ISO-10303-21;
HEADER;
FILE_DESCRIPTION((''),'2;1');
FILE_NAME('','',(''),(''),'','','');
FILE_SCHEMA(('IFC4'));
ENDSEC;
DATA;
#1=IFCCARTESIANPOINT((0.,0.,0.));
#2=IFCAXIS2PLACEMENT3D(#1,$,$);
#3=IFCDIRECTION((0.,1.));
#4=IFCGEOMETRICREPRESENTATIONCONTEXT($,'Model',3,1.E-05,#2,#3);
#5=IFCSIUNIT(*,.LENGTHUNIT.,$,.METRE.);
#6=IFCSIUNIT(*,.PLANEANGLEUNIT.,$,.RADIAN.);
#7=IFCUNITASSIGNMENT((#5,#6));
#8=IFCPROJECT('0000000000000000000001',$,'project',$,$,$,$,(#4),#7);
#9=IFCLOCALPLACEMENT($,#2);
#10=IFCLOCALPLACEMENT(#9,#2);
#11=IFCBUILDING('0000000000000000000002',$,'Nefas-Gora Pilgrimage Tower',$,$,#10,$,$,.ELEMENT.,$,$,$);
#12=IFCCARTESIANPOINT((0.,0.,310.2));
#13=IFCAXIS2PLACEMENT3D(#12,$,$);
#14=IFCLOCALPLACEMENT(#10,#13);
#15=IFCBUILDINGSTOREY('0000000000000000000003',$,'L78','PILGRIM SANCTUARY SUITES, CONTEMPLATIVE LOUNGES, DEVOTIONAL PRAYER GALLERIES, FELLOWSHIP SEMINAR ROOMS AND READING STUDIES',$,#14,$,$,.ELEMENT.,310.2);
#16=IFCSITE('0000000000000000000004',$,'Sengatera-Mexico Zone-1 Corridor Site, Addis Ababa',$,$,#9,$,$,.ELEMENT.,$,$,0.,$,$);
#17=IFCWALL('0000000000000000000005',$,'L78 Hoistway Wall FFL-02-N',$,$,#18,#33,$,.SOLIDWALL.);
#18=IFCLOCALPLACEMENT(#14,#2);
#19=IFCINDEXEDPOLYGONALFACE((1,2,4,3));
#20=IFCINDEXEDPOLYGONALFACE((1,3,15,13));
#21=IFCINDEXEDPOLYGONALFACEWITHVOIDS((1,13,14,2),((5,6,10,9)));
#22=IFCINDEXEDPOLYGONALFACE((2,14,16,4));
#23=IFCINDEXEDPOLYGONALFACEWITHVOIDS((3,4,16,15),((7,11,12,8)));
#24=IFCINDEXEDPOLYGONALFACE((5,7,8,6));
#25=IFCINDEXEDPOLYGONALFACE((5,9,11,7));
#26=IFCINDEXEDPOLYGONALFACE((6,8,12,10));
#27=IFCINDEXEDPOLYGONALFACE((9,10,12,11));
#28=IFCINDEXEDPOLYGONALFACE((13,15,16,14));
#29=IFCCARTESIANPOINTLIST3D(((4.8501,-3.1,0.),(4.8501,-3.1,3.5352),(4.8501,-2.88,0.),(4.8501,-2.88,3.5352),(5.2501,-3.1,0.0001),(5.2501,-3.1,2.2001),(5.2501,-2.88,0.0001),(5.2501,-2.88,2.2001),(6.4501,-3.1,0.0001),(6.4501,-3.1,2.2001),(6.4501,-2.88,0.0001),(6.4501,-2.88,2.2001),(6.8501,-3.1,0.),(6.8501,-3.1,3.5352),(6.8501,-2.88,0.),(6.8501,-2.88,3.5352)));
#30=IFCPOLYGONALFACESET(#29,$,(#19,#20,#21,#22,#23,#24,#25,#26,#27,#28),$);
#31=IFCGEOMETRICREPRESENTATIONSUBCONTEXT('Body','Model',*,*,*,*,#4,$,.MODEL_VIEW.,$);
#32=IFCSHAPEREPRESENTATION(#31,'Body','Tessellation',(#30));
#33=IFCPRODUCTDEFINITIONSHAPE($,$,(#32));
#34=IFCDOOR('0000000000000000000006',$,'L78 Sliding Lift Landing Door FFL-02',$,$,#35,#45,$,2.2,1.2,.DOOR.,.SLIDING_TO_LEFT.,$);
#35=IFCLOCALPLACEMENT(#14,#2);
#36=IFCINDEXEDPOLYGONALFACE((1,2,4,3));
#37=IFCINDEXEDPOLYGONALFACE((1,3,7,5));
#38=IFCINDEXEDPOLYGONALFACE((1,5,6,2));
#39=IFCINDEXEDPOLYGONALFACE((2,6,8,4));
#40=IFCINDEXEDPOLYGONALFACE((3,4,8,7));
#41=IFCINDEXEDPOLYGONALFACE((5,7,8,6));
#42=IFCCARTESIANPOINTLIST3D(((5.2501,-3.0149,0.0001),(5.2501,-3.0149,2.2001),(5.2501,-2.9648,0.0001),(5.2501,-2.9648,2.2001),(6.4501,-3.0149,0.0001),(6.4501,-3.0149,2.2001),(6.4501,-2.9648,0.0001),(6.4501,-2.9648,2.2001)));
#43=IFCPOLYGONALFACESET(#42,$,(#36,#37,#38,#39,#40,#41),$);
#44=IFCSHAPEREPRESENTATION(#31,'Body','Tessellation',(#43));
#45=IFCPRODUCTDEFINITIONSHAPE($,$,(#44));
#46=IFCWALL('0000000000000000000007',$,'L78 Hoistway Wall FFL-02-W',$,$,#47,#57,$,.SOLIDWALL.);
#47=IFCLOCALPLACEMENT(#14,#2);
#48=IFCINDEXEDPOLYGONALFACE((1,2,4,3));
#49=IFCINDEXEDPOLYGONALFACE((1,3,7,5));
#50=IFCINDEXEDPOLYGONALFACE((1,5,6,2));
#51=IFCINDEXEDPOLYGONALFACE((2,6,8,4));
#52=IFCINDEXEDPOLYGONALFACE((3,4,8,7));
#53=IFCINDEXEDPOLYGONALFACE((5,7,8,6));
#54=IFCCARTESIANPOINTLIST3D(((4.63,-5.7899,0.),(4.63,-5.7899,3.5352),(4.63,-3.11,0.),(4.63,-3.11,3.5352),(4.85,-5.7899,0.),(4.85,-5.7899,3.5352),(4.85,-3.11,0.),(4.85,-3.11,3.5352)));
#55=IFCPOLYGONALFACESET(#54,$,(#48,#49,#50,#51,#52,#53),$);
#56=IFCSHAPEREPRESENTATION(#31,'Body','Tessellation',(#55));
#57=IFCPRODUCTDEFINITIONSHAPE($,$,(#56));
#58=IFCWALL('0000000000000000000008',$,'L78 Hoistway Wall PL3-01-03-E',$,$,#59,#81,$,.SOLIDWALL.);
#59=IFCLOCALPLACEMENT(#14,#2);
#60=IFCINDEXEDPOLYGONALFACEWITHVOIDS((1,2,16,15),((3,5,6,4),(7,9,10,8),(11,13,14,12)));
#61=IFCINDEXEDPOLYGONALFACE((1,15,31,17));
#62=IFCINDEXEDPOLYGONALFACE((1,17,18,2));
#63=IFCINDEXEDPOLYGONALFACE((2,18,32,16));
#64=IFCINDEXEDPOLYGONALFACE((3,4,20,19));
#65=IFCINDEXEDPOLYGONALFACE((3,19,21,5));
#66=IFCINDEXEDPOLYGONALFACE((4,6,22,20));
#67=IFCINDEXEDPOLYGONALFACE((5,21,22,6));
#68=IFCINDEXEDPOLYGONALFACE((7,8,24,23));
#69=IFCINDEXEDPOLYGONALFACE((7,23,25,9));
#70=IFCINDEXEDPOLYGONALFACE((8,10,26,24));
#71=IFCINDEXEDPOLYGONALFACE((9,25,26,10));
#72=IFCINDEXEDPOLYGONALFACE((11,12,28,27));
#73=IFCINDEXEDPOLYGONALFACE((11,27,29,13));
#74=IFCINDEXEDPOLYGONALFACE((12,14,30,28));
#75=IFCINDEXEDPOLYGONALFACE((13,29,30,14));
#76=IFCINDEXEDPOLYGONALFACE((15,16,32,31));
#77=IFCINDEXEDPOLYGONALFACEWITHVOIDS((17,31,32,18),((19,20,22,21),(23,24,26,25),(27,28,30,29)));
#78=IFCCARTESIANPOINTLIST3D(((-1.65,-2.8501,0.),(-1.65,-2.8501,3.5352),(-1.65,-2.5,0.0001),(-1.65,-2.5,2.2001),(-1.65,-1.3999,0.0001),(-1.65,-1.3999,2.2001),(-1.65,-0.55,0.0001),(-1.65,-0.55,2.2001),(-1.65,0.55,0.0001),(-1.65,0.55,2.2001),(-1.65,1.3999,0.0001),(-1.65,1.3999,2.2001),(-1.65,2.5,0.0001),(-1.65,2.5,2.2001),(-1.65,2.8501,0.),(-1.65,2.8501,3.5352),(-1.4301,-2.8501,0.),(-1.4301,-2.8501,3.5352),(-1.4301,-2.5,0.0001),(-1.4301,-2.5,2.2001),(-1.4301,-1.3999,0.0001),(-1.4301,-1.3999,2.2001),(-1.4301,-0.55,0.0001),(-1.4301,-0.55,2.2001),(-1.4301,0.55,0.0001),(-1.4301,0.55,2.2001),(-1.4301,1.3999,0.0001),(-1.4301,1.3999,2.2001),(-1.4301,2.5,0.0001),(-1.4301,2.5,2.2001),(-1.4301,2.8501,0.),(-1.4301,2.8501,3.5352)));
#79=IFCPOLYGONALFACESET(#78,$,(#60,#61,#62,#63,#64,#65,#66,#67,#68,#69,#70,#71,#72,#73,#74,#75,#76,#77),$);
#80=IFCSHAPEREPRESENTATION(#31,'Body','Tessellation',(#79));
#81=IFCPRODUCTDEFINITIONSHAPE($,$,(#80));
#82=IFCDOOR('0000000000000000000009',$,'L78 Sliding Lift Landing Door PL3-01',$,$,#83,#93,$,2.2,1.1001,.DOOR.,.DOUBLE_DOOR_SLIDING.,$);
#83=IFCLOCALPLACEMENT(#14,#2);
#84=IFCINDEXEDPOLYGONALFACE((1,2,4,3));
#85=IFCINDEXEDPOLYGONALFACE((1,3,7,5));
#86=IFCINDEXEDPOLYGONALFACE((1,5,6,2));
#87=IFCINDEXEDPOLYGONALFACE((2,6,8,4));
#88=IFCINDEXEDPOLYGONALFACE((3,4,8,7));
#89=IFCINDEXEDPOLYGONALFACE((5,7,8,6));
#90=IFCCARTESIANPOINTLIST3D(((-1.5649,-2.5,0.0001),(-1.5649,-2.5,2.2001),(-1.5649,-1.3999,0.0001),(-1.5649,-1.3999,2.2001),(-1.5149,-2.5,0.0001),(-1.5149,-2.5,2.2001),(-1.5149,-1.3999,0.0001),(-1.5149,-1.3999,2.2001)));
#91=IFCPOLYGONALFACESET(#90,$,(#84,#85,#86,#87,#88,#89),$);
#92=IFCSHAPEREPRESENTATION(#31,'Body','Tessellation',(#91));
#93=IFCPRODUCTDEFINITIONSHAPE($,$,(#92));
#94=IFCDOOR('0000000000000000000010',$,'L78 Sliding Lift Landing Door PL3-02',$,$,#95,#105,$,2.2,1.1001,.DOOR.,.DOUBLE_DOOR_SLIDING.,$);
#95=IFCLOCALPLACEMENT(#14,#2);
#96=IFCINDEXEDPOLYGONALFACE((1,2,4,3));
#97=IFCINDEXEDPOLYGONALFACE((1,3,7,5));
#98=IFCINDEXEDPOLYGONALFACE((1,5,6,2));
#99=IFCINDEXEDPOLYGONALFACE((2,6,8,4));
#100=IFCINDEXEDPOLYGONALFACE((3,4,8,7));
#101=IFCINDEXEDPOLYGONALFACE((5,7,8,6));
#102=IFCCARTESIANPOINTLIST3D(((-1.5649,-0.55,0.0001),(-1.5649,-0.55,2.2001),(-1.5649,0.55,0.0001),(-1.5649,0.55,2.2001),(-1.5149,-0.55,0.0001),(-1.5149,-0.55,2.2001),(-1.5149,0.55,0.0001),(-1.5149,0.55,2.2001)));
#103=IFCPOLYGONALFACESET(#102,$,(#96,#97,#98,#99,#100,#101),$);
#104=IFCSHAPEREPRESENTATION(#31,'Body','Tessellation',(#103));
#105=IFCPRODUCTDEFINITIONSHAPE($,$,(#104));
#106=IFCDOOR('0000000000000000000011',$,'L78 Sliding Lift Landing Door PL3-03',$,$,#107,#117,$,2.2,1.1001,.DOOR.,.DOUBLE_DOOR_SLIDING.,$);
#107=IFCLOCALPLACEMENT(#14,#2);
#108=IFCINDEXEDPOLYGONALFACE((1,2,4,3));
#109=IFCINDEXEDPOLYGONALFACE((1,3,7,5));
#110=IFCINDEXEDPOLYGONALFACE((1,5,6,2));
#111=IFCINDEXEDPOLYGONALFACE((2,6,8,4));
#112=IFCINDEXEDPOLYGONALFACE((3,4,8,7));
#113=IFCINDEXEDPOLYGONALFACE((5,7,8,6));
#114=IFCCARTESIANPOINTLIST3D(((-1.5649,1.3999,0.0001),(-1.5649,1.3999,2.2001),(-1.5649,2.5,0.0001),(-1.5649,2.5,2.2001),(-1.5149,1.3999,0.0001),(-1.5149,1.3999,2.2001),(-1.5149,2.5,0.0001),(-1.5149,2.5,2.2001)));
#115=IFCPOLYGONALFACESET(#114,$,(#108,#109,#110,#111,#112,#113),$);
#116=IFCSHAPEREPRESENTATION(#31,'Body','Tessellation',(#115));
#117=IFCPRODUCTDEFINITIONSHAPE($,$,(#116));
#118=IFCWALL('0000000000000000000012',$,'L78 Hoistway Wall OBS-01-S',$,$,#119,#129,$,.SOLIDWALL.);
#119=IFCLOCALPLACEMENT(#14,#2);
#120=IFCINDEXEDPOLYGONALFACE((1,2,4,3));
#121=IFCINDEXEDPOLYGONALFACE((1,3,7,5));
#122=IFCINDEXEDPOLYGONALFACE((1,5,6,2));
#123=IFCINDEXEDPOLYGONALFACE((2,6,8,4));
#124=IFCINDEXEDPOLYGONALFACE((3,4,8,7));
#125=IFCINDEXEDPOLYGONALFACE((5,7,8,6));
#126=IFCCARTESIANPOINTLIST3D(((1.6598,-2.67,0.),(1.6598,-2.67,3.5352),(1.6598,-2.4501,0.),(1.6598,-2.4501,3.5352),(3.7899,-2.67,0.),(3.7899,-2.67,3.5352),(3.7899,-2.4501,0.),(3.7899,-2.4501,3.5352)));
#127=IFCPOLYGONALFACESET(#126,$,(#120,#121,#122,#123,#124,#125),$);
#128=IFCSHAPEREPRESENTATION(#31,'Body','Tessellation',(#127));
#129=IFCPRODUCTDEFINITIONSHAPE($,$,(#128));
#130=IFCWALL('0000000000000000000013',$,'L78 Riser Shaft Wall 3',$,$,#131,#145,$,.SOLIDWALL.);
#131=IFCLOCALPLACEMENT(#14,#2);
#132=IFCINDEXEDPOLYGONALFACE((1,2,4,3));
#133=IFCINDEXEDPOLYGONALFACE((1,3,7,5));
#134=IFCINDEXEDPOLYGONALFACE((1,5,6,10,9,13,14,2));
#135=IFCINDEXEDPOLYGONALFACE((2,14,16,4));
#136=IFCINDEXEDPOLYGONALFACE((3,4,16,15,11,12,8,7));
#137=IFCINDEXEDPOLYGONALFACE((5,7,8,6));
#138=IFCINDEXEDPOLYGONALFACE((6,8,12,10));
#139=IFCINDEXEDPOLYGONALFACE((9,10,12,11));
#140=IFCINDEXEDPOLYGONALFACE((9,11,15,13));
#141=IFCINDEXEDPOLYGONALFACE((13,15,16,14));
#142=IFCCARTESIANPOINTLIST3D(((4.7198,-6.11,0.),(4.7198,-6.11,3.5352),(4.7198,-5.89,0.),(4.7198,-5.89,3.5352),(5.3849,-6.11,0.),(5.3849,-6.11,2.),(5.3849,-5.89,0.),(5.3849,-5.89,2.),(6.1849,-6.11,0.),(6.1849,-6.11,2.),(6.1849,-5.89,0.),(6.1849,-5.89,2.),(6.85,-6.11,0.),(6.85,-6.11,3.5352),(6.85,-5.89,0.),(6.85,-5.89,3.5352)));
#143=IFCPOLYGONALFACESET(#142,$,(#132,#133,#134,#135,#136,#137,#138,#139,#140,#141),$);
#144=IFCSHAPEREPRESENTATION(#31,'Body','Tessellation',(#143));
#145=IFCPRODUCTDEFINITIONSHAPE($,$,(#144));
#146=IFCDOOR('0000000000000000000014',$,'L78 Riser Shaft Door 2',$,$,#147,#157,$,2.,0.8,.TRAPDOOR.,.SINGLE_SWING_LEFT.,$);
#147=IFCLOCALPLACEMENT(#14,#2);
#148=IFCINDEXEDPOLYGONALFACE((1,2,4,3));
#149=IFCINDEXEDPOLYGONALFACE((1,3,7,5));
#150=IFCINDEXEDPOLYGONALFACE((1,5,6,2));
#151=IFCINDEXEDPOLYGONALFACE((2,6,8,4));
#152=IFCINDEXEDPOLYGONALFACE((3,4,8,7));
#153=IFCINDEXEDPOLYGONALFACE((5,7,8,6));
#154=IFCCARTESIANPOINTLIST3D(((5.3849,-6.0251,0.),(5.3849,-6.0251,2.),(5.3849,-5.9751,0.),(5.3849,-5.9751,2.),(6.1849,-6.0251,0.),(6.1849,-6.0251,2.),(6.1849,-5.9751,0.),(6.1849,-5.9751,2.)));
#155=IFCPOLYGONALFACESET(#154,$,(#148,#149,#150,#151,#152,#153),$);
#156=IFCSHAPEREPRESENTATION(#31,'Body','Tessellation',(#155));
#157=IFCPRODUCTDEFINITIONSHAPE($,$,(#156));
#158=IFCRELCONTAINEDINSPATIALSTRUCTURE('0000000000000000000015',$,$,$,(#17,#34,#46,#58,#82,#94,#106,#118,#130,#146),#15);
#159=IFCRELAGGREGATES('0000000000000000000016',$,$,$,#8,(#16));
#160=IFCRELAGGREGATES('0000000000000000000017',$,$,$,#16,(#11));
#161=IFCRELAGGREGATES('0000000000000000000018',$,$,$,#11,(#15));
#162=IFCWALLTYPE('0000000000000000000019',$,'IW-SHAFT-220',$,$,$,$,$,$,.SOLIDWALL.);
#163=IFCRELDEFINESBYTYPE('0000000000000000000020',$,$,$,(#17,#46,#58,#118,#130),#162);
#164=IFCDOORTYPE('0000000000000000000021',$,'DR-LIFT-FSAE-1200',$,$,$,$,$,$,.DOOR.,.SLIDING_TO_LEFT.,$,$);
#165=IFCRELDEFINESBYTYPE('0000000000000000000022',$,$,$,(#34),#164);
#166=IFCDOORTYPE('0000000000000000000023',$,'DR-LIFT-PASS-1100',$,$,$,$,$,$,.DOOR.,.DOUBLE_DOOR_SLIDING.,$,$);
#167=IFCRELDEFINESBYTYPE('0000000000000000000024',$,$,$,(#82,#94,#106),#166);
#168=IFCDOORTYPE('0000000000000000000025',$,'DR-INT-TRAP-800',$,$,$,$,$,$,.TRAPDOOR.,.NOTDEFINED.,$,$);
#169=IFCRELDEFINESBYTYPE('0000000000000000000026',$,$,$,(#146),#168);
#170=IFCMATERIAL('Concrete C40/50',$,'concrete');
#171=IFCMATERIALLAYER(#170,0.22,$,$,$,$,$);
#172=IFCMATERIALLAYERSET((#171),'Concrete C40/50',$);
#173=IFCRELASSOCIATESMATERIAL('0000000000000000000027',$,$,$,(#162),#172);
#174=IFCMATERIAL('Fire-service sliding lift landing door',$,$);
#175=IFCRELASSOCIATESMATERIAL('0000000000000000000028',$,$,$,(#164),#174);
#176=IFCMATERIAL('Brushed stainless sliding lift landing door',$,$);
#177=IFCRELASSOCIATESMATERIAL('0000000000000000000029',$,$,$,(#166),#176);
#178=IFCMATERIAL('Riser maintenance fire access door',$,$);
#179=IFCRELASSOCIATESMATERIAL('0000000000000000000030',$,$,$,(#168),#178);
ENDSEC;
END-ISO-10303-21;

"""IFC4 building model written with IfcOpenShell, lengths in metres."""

from ifc_helpers import new_model, si_unit, direction, frame, frame_2d, origin, place, context, subcontext, project, spatial, rectangle, extrude, source, transform, mapped, material, layer, layer_set, type_object, element, fill, save


model = new_model("IFC4")

# Units and contexts
model_context = context("Model", 3, precision=1e-05, world=origin(), true_north=direction((0.0, 1.0)))
body_context = subcontext(model_context, "Body", "Model", "MODEL_VIEW")
ifc_project = project(units=[si_unit("LENGTHUNIT", "METRE"), si_unit("PLANEANGLEUNIT", "RADIAN")], contexts=[model_context])

# Site, building, storey
site_placement = place(None, origin())
site = spatial("IfcSite", under=ifc_project, at=site_placement, Name="Sengatera-Mexico Zone-1 Corridor Site, Addis Ababa", CompositionType="ELEMENT", RefElevation=0.0)
building_placement = place(site_placement, origin())
building = spatial("IfcBuilding", under=site, at=building_placement, Name="Nefas-Gora Pilgrimage Tower", CompositionType="ELEMENT")
storey_placement = place(building_placement, frame((0.0, 0.0, 310.2)))
storey = spatial("IfcBuildingStorey", under=building, at=storey_placement, Name="L78", Description="PILGRIM SANCTUARY SUITES, CONTEMPLATIVE LOUNGES, DEVOTIONAL PRAYER GALLERIES, FELLOWSHIP SEMINAR ROOMS AND READING STUDIES", CompositionType="ELEMENT", Elevation=310.2)

# Shared definitions
ifc_material_1 = material(Name="Concrete C40/50", Category="concrete")

# Wall, opening, door
ifc_layer_1 = layer(ifc_material_1, 0.22)
ifc_layer_set_1 = layer_set([ifc_layer_1], Name="Concrete C40/50")
wall_type_1 = type_object("IfcWallType", Name="IW-SHAFT-220", PredefinedType="SOLIDWALL", material=ifc_layer_set_1)
shared_shape_1 = source(origin(), body_context, "Body", "SweptSolid", [
    extrude(rectangle(XDim=2.0, YDim=0.22, at=frame_2d((1.0, 0.0))), origin(), (0.0, 0.0, 1.0), 3.5352),
])
wall_1_placement = place(storey_placement, frame((6.8501, -2.99, 0.0), z_axis=(0.0, 0.0, 1.0), x_axis=(-1.0, 0.0, 0.0)))
wall_1 = element("IfcWall", 1, at=wall_1_placement, inside=storey, type_object=wall_type_1, Name="L78 Hoistway Wall FFL-02-N", PredefinedType="SOLIDWALL", context=body_context, shape_type="MappedRepresentation", body=[
    mapped(shared_shape_1, transform((0.0, 0.0, 0.0), x_axis=(1.0, 0.0, 0.0), y_axis=(0.0, 1.0, 0.0), z_axis=(0.0, 0.0, 1.0), scale=1.0)),
])
opening_1_placement = place(wall_1_placement, frame((0.3999, 0.0, 0.0)))
opening_1 = element("IfcOpeningElement", 2, at=opening_1_placement, cuts=wall_1, PredefinedType="OPENING", context=body_context, shape_type="SweptSolid", body=[
    extrude(rectangle(XDim=1.2, YDim=2.2, at=frame_2d((0.6001, 1.1001))), frame((0.0, 0.1199, 0.0), z_axis=(0.0, -1.0, 0.0), x_axis=(1.0, 0.0, 0.0)), (0.0, 0.0, 1.0), 0.24),
])
ifc_material_2 = material(Name="Fire-service sliding lift landing door")
door_type_1 = type_object("IfcDoorType", Name="DR-LIFT-FSAE-1200", OperationType="SLIDING_TO_LEFT", PredefinedType="DOOR", material=ifc_material_2)
shared_shape_2 = source(origin(), body_context, "Body", "SweptSolid", [
    extrude(rectangle(XDim=1.2, YDim=2.2, at=frame_2d((0.6001, 1.1001))), frame((0.0, 0.0249, 0.0), z_axis=(0.0, -1.0, 0.0), x_axis=(1.0, 0.0, 0.0)), (0.0, 0.0, 1.0), 0.05),
])
door_1_placement = place(opening_1_placement, origin())
door_1 = element("IfcDoor", 3, at=door_1_placement, inside=storey, type_object=door_type_1, Name="L78 Sliding Lift Landing Door FFL-02", OperationType="SLIDING_TO_LEFT", OverallHeight=2.2, OverallWidth=1.2, PredefinedType="DOOR", context=body_context, shape_type="MappedRepresentation", body=[
    mapped(shared_shape_2, transform((0.0, 0.0, 0.0), x_axis=(1.0, 0.0, 0.0), y_axis=(0.0, 1.0, 0.0), z_axis=(0.0, 0.0, 1.0), scale=1.0)),
])
fill(opening_1, door_1)

# Wall
shared_shape_3 = source(origin(), body_context, "Body", "SweptSolid", [
    extrude(rectangle(XDim=2.6799, YDim=0.22, at=frame_2d((1.3398, 0.0))), origin(), (0.0, 0.0, 1.0), 3.5352),
])
wall_2_placement = place(storey_placement, frame((4.74, -3.1101, 0.0), z_axis=(0.0, 0.0, 1.0), x_axis=(0.0, -1.0, 0.0)))
element("IfcWall", 4, at=wall_2_placement, inside=storey, type_object=wall_type_1, Name="L78 Hoistway Wall FFL-02-W", PredefinedType="SOLIDWALL", context=body_context, shape_type="MappedRepresentation", body=[
    mapped(shared_shape_3, transform((0.0, 0.0, 0.0), x_axis=(1.0, 0.0, 0.0), y_axis=(0.0, 1.0, 0.0), z_axis=(0.0, 0.0, 1.0), scale=1.0)),
])

# Wall, openings, doors
shared_shape_4 = source(origin(), body_context, "Body", "SweptSolid", [
    extrude(rectangle(XDim=5.7002, YDim=0.22, at=frame_2d((2.8501, 0.0))), origin(), (0.0, 0.0, 1.0), 3.5352),
])
wall_3_placement = place(storey_placement, frame((-1.54, -2.8501, 0.0), z_axis=(0.0, 0.0, 1.0), x_axis=(0.0, 1.0, 0.0)))
wall_3 = element("IfcWall", 5, at=wall_3_placement, inside=storey, type_object=wall_type_1, Name="L78 Hoistway Wall PL3-01-03-E", PredefinedType="SOLIDWALL", context=body_context, shape_type="MappedRepresentation", body=[
    mapped(shared_shape_4, transform((0.0, 0.0, 0.0), x_axis=(1.0, 0.0, 0.0), y_axis=(0.0, 1.0, 0.0), z_axis=(0.0, 0.0, 1.0), scale=1.0)),
])
opening_2_placement = place(wall_3_placement, frame((0.3501, 0.0, 0.0)))
opening_2 = element("IfcOpeningElement", 6, at=opening_2_placement, cuts=wall_3, PredefinedType="OPENING", context=body_context, shape_type="SweptSolid", body=[
    extrude(rectangle(XDim=1.1001, YDim=2.2, at=frame_2d((0.55, 1.1001))), frame((0.0, 0.1199, 0.0), z_axis=(0.0, -1.0, 0.0), x_axis=(1.0, 0.0, 0.0)), (0.0, 0.0, 1.0), 0.24),
])
opening_3_placement = place(wall_3_placement, frame((2.3, 0.0, 0.0)))
opening_3 = element("IfcOpeningElement", 7, at=opening_3_placement, cuts=wall_3, PredefinedType="OPENING", context=body_context, shape_type="SweptSolid", body=[
    extrude(rectangle(XDim=1.1001, YDim=2.2, at=frame_2d((0.55, 1.1001))), frame((0.0, 0.1199, 0.0), z_axis=(0.0, -1.0, 0.0), x_axis=(1.0, 0.0, 0.0)), (0.0, 0.0, 1.0), 0.24),
])
opening_4_placement = place(wall_3_placement, frame((4.25, 0.0, 0.0)))
opening_4 = element("IfcOpeningElement", 8, at=opening_4_placement, cuts=wall_3, PredefinedType="OPENING", context=body_context, shape_type="SweptSolid", body=[
    extrude(rectangle(XDim=1.1001, YDim=2.2, at=frame_2d((0.55, 1.1001))), frame((0.0, 0.1199, 0.0), z_axis=(0.0, -1.0, 0.0), x_axis=(1.0, 0.0, 0.0)), (0.0, 0.0, 1.0), 0.24),
])
ifc_material_3 = material(Name="Brushed stainless sliding lift landing door")
door_type_2 = type_object("IfcDoorType", Name="DR-LIFT-PASS-1100", OperationType="DOUBLE_DOOR_SLIDING", PredefinedType="DOOR", material=ifc_material_3)
shared_shape_5 = source(origin(), body_context, "Body", "SweptSolid", [
    extrude(rectangle(XDim=1.1001, YDim=2.2, at=frame_2d((0.55, 1.1001))), frame((0.0, 0.0249, 0.0), z_axis=(0.0, -1.0, 0.0), x_axis=(1.0, 0.0, 0.0)), (0.0, 0.0, 1.0), 0.05),
])
door_2_placement = place(opening_2_placement, origin())
door_2 = element("IfcDoor", 9, at=door_2_placement, inside=storey, type_object=door_type_2, Name="L78 Sliding Lift Landing Door PL3-01", OperationType="DOUBLE_DOOR_SLIDING", OverallHeight=2.2, OverallWidth=1.1001, PredefinedType="DOOR", context=body_context, shape_type="MappedRepresentation", body=[
    mapped(shared_shape_5, transform((0.0, 0.0, 0.0), x_axis=(1.0, 0.0, 0.0), y_axis=(0.0, 1.0, 0.0), z_axis=(0.0, 0.0, 1.0), scale=1.0)),
])
fill(opening_2, door_2)
door_3_placement = place(opening_3_placement, origin())
door_3 = element("IfcDoor", 10, at=door_3_placement, inside=storey, type_object=door_type_2, Name="L78 Sliding Lift Landing Door PL3-02", OperationType="DOUBLE_DOOR_SLIDING", OverallHeight=2.2, OverallWidth=1.1001, PredefinedType="DOOR", context=body_context, shape_type="MappedRepresentation", body=[
    mapped(shared_shape_5, transform((0.0, 0.0, 0.0), x_axis=(1.0, 0.0, 0.0), y_axis=(0.0, 1.0, 0.0), z_axis=(0.0, 0.0, 1.0), scale=1.0)),
])
fill(opening_3, door_3)
door_4_placement = place(opening_4_placement, origin())
door_4 = element("IfcDoor", 11, at=door_4_placement, inside=storey, type_object=door_type_2, Name="L78 Sliding Lift Landing Door PL3-03", OperationType="DOUBLE_DOOR_SLIDING", OverallHeight=2.2, OverallWidth=1.1001, PredefinedType="DOOR", context=body_context, shape_type="MappedRepresentation", body=[
    mapped(shared_shape_5, transform((0.0, 0.0, 0.0), x_axis=(1.0, 0.0, 0.0), y_axis=(0.0, 1.0, 0.0), z_axis=(0.0, 0.0, 1.0), scale=1.0)),
])
fill(opening_4, door_4)

# Wall
shared_shape_6 = source(origin(), body_context, "Body", "SweptSolid", [
    extrude(rectangle(XDim=2.1301, YDim=0.22, at=frame_2d((1.0649, 0.0))), origin(), (0.0, 0.0, 1.0), 3.5352),
])
wall_4_placement = place(storey_placement, frame((1.6599, -2.5601, 0.0), z_axis=(0.0, 0.0, 1.0), x_axis=(1.0, 0.0, 0.0)))
element("IfcWall", 12, at=wall_4_placement, inside=storey, type_object=wall_type_1, Name="L78 Hoistway Wall OBS-01-S", PredefinedType="SOLIDWALL", context=body_context, shape_type="MappedRepresentation", body=[
    mapped(shared_shape_6, transform((0.0, 0.0, 0.0), x_axis=(1.0, 0.0, 0.0), y_axis=(0.0, 1.0, 0.0), z_axis=(0.0, 0.0, 1.0), scale=1.0)),
])

# Wall, opening, door
wall_5_placement = place(storey_placement, frame((4.72, -6.0, 0.0), z_axis=(0.0, 0.0, 1.0), x_axis=(1.0, 0.0, 0.0)))
wall_5 = element("IfcWall", 13, at=wall_5_placement, inside=storey, type_object=wall_type_1, Name="L78 Riser Shaft Wall 3", PredefinedType="SOLIDWALL", context=body_context, shape_type="MappedRepresentation", body=[
    mapped(shared_shape_6, transform((0.0, 0.0, 0.0), x_axis=(1.0, 0.0, 0.0), y_axis=(0.0, 1.0, 0.0), z_axis=(0.0, 0.0, 1.0), scale=1.0)),
])
opening_5_placement = place(wall_5_placement, frame((0.665, 0.0, 0.0)))
opening_5 = element("IfcOpeningElement", 14, at=opening_5_placement, cuts=wall_5, PredefinedType="OPENING", context=body_context, shape_type="SweptSolid", body=[
    extrude(rectangle(XDim=0.8, YDim=2.0, at=frame_2d((0.3999, 1.0))), frame((0.0, 0.1199, 0.0), z_axis=(0.0, -1.0, 0.0), x_axis=(1.0, 0.0, 0.0)), (0.0, 0.0, 1.0), 0.24),
])
ifc_material_4 = material(Name="Riser maintenance fire access door")
door_type_3 = type_object("IfcDoorType", Name="DR-INT-TRAP-800", OperationType="NOTDEFINED", PredefinedType="TRAPDOOR", material=ifc_material_4)
shared_shape_7 = source(origin(), body_context, "Body", "SweptSolid", [
    extrude(rectangle(XDim=0.8, YDim=2.0, at=frame_2d((0.3999, 1.0))), frame((0.0, 0.0249, 0.0), z_axis=(0.0, -1.0, 0.0), x_axis=(1.0, 0.0, 0.0)), (0.0, 0.0, 1.0), 0.05),
])
door_5_placement = place(opening_5_placement, origin())
door_5 = element("IfcDoor", 15, at=door_5_placement, inside=storey, type_object=door_type_3, Name="L78 Riser Shaft Door 2", OperationType="SINGLE_SWING_LEFT", OverallHeight=2.0, OverallWidth=0.8, PredefinedType="TRAPDOOR", context=body_context, shape_type="MappedRepresentation", body=[
    mapped(shared_shape_7, transform((0.0, 0.0, 0.0), x_axis=(1.0, 0.0, 0.0), y_axis=(0.0, 1.0, 0.0), z_axis=(0.0, 0.0, 1.0), scale=1.0)),
])
fill(opening_5, door_5)

save(model, "model.ifc")
